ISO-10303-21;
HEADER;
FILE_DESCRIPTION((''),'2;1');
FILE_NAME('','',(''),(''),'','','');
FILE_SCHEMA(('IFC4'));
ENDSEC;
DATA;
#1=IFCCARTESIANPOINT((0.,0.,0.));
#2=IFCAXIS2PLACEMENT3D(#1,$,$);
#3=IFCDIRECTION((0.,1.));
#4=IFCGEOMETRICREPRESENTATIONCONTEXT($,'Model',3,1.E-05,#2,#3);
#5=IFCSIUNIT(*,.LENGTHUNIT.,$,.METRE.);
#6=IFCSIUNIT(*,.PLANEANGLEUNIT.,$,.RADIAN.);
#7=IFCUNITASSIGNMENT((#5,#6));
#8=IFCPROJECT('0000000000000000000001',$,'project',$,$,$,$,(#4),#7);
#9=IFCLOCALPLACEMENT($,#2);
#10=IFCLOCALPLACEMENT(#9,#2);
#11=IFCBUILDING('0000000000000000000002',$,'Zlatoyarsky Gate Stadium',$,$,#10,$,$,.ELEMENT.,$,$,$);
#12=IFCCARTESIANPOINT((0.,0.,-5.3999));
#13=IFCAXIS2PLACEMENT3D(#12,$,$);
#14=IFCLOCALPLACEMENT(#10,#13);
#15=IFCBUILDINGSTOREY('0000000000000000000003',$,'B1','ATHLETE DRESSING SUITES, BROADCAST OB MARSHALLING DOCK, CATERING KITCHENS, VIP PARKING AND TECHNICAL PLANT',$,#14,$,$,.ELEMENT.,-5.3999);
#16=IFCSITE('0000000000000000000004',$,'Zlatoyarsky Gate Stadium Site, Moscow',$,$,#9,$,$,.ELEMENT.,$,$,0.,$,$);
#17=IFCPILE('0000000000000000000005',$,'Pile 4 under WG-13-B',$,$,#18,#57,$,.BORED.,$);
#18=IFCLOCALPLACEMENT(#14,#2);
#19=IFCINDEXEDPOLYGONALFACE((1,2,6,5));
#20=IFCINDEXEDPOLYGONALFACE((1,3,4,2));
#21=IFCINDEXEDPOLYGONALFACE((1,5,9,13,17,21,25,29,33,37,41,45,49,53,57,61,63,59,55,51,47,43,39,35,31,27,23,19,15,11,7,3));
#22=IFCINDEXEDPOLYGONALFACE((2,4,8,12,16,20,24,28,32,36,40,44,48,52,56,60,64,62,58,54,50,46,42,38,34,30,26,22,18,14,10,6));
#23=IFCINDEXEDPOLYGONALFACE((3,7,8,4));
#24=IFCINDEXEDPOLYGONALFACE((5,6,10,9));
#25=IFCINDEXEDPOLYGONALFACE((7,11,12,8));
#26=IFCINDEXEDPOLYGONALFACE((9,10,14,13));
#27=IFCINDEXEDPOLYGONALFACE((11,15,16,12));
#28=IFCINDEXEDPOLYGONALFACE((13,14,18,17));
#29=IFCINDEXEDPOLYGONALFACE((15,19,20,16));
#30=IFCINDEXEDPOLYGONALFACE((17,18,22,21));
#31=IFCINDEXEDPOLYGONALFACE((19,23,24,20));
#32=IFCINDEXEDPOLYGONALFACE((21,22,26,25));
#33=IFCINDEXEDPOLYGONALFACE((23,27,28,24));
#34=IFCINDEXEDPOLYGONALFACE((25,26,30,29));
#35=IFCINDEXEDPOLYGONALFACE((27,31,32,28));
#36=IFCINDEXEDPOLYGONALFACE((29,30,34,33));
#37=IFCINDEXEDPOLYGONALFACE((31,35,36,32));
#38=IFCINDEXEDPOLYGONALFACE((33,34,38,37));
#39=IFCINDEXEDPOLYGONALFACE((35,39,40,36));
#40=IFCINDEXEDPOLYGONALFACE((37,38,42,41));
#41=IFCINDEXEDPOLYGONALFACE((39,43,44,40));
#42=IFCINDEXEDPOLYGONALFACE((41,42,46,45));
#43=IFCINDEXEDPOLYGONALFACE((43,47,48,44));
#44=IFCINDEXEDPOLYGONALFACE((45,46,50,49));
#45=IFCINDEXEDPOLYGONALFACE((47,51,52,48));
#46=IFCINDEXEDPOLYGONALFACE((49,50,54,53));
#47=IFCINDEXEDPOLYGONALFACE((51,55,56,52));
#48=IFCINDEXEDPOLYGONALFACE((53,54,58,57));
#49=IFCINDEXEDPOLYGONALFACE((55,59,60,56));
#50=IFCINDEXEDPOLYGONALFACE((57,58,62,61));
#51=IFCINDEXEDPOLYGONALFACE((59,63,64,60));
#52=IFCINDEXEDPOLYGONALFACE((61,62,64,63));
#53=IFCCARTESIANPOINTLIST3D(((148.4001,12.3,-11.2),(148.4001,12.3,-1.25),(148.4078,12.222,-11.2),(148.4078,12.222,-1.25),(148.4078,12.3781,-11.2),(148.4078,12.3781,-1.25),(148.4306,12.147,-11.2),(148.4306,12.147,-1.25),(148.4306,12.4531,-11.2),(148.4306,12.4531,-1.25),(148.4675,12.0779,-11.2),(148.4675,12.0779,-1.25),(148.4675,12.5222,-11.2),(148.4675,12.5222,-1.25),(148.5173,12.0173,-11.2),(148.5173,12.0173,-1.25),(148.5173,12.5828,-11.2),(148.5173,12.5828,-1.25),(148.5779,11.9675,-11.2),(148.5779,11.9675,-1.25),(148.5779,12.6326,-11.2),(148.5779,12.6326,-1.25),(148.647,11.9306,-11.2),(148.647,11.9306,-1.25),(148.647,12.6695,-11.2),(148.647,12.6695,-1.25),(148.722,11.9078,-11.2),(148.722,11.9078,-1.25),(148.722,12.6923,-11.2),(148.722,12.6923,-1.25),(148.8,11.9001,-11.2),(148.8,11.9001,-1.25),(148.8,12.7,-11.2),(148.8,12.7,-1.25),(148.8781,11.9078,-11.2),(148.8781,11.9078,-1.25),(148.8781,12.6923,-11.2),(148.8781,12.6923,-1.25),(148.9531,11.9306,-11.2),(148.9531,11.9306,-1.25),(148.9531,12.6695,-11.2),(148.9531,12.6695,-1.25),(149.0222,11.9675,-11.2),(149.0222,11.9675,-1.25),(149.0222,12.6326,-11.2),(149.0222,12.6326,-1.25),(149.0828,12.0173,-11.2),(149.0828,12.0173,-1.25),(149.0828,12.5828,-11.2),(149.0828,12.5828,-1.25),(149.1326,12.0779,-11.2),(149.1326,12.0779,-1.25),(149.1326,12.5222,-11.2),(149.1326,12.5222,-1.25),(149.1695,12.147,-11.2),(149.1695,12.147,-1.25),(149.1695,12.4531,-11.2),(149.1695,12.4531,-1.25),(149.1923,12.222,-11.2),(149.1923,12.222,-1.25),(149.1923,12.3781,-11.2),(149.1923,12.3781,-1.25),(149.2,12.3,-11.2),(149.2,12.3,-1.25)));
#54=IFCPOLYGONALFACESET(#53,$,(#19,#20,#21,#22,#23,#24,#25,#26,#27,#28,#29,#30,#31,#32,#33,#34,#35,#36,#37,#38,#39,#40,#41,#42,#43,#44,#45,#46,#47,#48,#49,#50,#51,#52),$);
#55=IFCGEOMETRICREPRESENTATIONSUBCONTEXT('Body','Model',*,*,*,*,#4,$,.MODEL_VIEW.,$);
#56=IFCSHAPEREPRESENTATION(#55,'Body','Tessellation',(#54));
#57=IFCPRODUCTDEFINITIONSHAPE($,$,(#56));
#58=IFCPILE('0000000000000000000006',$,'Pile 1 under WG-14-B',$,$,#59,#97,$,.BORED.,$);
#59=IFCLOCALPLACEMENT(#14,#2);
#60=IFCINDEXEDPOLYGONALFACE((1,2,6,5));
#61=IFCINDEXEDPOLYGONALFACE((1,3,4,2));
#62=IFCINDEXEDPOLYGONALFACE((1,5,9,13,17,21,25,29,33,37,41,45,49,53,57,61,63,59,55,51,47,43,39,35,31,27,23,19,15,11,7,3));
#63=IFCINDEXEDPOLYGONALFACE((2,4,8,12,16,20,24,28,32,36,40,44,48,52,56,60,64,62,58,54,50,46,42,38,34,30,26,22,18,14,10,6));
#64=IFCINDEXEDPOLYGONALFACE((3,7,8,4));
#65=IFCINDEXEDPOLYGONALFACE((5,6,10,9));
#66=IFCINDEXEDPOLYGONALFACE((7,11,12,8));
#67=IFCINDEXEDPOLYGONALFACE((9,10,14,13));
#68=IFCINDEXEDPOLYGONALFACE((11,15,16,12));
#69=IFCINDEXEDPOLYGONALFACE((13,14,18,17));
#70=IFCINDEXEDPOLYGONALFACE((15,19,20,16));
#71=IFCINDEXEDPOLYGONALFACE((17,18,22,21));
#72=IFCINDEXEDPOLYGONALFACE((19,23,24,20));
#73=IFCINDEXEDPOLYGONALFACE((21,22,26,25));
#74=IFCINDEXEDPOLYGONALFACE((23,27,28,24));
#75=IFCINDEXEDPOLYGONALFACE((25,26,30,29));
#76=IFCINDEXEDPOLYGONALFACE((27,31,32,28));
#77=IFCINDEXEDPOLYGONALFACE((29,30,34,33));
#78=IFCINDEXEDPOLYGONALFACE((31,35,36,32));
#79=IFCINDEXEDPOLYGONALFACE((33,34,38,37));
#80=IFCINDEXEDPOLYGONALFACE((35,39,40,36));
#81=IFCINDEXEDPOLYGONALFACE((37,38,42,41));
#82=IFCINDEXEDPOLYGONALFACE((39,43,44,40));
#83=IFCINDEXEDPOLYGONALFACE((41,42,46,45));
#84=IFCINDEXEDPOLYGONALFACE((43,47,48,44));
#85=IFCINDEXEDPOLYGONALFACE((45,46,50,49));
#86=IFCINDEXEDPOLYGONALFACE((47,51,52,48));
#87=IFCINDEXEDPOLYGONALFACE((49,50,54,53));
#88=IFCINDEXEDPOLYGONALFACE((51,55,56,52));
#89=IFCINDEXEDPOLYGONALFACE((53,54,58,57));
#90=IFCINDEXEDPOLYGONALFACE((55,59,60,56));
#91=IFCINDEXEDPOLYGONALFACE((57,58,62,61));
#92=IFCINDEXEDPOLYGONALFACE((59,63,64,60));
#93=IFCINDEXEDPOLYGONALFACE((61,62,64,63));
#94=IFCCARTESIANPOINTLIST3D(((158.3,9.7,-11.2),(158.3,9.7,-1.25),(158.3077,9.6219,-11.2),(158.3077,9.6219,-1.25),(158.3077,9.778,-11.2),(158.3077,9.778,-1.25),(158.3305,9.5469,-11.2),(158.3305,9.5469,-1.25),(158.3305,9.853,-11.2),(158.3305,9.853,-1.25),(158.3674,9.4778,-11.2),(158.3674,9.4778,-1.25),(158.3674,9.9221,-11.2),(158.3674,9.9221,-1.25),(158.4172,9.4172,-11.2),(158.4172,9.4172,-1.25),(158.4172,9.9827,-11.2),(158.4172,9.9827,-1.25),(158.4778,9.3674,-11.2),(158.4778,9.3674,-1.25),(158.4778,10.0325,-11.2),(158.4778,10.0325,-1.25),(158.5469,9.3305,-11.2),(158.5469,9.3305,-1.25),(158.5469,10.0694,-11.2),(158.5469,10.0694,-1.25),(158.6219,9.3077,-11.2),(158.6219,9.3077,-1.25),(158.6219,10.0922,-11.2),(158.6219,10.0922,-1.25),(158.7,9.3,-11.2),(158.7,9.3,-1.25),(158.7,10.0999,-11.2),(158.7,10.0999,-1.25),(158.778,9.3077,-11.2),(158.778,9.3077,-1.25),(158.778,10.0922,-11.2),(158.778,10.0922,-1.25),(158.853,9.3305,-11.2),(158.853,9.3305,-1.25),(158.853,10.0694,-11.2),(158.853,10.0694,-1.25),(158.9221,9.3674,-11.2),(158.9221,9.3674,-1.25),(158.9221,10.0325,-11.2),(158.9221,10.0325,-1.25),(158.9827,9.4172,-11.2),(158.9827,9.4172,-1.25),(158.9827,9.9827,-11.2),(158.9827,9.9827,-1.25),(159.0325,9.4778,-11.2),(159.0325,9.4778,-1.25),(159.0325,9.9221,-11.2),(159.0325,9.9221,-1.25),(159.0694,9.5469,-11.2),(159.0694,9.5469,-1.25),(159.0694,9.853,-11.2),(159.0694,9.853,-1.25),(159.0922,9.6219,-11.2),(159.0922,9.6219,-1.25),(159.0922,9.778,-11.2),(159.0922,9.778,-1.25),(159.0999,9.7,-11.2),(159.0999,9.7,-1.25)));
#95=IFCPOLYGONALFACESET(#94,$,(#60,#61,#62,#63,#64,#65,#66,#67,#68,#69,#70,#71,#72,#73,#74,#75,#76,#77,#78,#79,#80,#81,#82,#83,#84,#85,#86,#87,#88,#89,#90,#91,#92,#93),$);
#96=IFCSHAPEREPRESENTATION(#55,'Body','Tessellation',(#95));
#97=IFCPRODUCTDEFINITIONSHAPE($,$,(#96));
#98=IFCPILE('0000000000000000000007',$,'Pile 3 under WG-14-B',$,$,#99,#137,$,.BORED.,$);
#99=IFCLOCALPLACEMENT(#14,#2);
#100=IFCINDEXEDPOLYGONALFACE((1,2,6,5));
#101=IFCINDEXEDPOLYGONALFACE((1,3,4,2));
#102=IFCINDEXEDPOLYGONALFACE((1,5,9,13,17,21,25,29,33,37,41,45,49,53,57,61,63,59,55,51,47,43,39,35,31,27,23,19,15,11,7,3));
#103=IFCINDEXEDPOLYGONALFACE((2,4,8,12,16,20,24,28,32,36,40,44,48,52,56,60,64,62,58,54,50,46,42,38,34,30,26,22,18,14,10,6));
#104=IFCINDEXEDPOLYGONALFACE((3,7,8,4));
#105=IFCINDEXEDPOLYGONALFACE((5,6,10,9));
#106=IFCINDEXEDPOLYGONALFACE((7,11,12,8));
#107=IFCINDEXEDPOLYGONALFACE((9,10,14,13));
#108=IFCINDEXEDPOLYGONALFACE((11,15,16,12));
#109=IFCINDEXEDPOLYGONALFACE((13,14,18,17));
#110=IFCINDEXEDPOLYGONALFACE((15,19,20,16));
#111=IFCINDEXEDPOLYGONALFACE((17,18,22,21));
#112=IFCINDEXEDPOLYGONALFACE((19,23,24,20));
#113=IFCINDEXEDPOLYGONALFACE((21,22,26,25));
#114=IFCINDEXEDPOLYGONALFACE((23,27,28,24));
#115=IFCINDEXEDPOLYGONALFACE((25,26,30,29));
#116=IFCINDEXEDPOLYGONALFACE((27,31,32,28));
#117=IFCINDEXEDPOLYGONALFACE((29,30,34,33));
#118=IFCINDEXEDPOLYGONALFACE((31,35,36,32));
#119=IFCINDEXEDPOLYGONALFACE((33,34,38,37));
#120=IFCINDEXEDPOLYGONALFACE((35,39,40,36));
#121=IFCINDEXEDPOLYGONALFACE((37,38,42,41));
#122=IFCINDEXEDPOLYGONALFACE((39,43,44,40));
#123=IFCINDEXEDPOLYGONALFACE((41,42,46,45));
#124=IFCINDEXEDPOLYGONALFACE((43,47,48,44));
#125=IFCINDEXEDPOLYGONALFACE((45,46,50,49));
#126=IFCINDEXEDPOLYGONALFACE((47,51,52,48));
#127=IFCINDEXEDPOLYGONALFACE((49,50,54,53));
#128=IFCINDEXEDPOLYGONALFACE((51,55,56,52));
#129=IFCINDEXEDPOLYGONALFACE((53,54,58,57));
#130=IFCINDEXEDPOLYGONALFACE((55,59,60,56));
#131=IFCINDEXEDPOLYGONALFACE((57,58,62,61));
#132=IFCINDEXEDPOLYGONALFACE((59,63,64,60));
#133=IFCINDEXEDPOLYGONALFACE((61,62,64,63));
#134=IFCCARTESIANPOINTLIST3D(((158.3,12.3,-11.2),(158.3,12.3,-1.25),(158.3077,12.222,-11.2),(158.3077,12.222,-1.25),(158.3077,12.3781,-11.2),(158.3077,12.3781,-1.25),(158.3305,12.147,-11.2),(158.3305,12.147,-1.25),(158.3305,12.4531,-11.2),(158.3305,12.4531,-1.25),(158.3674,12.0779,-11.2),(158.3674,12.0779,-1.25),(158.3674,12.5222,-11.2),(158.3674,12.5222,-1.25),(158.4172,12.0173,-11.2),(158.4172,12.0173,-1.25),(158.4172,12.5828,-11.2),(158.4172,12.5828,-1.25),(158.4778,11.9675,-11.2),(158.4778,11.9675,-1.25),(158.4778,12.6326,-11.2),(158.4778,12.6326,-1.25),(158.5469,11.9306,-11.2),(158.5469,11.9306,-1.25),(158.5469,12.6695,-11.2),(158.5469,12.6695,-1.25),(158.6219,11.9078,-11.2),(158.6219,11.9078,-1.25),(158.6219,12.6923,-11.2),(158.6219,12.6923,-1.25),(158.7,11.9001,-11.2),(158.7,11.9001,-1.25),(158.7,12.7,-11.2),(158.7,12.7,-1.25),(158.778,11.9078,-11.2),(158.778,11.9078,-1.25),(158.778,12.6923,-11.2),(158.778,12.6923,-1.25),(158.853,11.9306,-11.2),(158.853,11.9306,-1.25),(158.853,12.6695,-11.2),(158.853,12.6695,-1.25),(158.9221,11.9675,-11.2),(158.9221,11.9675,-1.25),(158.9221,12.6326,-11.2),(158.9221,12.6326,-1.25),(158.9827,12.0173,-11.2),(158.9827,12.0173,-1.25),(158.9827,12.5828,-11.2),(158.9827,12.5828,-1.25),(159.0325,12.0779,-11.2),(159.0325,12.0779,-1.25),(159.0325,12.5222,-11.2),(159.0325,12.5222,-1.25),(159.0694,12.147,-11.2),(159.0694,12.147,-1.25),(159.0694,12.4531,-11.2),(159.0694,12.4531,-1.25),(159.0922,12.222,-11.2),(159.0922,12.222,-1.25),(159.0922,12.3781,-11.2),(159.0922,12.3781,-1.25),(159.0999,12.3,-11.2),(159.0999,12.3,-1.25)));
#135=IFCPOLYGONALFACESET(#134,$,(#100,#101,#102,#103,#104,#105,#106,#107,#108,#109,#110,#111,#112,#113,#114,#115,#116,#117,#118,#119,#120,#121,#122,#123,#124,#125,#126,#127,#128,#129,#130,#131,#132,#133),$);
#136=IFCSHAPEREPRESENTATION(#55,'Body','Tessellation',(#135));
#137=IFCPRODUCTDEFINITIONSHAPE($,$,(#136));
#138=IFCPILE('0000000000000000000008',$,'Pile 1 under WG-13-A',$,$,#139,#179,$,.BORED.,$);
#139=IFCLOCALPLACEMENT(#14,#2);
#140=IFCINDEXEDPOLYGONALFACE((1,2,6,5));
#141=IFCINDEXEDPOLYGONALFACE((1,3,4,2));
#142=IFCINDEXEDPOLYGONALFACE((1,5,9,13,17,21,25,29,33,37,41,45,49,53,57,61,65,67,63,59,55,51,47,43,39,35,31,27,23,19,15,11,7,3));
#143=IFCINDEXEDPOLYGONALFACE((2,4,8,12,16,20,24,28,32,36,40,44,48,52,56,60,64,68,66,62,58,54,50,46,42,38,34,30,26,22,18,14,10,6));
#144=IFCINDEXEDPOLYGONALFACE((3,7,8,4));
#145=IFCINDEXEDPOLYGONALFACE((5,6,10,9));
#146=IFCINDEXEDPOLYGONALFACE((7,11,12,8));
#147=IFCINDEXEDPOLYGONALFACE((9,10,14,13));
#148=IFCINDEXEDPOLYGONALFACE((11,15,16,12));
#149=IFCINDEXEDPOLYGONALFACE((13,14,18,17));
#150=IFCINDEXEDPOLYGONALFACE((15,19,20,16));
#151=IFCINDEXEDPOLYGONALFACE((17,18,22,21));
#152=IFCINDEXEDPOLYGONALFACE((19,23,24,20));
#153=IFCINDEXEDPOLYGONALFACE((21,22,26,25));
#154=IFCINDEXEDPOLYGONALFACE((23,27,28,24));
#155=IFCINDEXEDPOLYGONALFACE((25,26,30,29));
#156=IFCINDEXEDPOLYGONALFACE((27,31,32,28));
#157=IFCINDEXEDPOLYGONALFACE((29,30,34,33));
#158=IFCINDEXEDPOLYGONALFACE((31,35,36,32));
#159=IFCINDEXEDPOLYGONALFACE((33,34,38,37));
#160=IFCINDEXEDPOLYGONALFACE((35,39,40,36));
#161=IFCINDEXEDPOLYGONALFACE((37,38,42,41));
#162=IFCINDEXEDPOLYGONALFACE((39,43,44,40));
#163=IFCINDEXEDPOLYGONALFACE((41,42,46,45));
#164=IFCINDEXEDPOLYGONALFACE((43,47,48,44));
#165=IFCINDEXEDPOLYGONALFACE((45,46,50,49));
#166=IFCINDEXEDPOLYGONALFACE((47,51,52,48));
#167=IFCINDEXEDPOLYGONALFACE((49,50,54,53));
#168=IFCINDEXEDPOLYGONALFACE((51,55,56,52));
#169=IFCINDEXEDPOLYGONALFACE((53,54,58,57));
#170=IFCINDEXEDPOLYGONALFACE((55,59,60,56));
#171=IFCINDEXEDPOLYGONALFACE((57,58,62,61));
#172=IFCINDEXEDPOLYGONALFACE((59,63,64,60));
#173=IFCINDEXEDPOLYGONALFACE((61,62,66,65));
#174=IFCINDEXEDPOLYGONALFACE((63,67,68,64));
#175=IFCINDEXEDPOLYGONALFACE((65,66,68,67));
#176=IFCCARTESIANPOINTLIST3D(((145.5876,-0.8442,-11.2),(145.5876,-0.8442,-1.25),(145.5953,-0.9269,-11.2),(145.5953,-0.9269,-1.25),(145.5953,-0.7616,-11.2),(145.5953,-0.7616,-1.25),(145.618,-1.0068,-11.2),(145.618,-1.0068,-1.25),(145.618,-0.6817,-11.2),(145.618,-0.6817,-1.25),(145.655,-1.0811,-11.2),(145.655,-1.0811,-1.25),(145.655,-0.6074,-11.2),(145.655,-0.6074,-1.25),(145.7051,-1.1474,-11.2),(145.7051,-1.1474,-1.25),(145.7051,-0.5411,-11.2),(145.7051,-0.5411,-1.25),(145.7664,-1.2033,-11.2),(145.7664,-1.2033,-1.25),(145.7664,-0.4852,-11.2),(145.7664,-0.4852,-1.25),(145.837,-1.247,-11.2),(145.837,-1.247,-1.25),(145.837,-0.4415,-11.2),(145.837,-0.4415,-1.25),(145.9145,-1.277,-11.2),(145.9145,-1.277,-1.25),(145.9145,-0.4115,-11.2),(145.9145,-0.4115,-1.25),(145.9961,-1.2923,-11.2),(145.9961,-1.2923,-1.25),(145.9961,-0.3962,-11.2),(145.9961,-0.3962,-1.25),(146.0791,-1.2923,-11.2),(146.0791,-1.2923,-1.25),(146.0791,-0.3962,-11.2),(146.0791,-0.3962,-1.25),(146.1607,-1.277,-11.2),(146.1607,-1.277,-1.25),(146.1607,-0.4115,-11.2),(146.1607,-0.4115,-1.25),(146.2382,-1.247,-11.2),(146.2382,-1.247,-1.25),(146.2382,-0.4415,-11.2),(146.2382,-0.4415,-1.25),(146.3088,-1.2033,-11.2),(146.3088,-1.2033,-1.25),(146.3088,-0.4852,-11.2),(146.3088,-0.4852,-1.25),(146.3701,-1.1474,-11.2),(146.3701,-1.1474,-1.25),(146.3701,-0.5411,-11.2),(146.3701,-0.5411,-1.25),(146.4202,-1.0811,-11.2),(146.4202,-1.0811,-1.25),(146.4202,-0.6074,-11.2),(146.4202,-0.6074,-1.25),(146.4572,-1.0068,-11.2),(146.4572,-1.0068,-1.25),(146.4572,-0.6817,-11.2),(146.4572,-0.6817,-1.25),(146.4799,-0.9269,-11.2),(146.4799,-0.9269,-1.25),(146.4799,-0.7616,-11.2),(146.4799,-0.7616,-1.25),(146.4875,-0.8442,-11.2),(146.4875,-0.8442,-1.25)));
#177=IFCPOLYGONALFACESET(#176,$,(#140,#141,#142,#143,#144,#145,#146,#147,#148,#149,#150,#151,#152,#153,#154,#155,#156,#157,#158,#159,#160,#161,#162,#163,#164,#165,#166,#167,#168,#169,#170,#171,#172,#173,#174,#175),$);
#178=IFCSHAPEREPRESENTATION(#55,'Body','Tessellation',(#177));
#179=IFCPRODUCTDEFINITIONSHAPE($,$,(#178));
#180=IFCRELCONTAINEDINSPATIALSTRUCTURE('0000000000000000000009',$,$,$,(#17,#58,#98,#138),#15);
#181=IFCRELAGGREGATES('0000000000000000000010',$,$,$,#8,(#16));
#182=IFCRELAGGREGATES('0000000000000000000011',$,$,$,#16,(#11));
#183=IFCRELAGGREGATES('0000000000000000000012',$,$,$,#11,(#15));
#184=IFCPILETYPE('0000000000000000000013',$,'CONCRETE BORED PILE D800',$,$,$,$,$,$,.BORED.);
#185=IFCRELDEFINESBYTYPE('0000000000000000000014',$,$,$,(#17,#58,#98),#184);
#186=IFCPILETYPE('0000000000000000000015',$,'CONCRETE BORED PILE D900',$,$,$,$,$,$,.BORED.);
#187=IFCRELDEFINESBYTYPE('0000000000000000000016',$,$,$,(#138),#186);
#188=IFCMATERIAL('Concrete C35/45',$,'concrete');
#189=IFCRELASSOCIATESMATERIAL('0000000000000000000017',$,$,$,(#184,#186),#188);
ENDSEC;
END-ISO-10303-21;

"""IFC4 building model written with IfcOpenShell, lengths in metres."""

from ifc_helpers import new_model, si_unit, direction, frame, origin, origin_2d, place, context, subcontext, project, spatial, circle, extrude, material, material_profile, profile_set, type_object, element, save


model = new_model("IFC4")

# Units and contexts
model_context = context("Model", 3, precision=1e-05, world=origin(), true_north=direction((0.0, 1.0)))
body_context = subcontext(model_context, "Body", "Model", "MODEL_VIEW")
ifc_project = project(units=[si_unit("LENGTHUNIT", "METRE"), si_unit("PLANEANGLEUNIT", "RADIAN")], contexts=[model_context])

# Site, building, storey
site_placement = place(None, origin())
site = spatial("IfcSite", under=ifc_project, at=site_placement, Name="Zlatoyarsky Gate Stadium Site, Moscow", CompositionType="ELEMENT", RefElevation=0.0)
building_placement = place(site_placement, origin())
building = spatial("IfcBuilding", under=site, at=building_placement, Name="Zlatoyarsky Gate Stadium", CompositionType="ELEMENT")
storey_placement = place(building_placement, frame((0.0, 0.0, -5.3999)))
storey = spatial("IfcBuildingStorey", under=building, at=storey_placement, Name="B1", Description="ATHLETE DRESSING SUITES, BROADCAST OB MARSHALLING DOCK, CATERING KITCHENS, VIP PARKING AND TECHNICAL PLANT", CompositionType="ELEMENT", Elevation=-5.3999)

# Piles
ifc_material_1 = material(Name="Concrete C35/45", Category="concrete")
ifc_material_profile_1 = material_profile(ifc_material_1, circle(Radius=0.3999, at=origin_2d()), Name="BORED PILE D800")
ifc_profile_set_1 = profile_set([ifc_material_profile_1], Name="Concrete C35/45")
pile_type_1 = type_object("IfcPileType", Name="CONCRETE BORED PILE D800", PredefinedType="BORED", material=ifc_profile_set_1)
for number, where, z_axis, x_axis, name in (
    (1, (148.8, 12.3, -1.25), (0.0, 0.0, -1.0), (1.0, 0.0, 0.0), "Pile 4 under WG-13-B"),
    (2, (158.7, 9.7, -1.25), (0.0, 0.0, -1.0), (1.0, 0.0, 0.0), "Pile 1 under WG-14-B"),
    (3, (158.7, 12.3, -1.25), (0.0, 0.0, -1.0), (1.0, 0.0, 0.0), "Pile 3 under WG-14-B"),
):
    element("IfcPile", number, at=place(storey_placement, frame(where, z_axis=z_axis, x_axis=x_axis)), inside=storey, type_object=pile_type_1, Name=name, PredefinedType="BORED", context=body_context, shape_type="SweptSolid", body=[
        extrude(circle(Radius=0.3999, at=origin_2d()), origin(), (0.0, 0.0, 1.0), 9.95),
    ])
ifc_material_profile_2 = material_profile(ifc_material_1, circle(Radius=0.45, at=origin_2d()), Name="BORED PILE D900")
ifc_profile_set_2 = profile_set([ifc_material_profile_2], Name="Concrete C35/45")
pile_type_2 = type_object("IfcPileType", Name="CONCRETE BORED PILE D900", PredefinedType="BORED", material=ifc_profile_set_2)
for number, where, z_axis, x_axis, name in (
    (4, (146.0376, -0.8442, -1.25), (0.0, 0.0, -1.0), (1.0, 0.0, 0.0), "Pile 1 under WG-13-A"),
):
    element("IfcPile", number, at=place(storey_placement, frame(where, z_axis=z_axis, x_axis=x_axis)), inside=storey, type_object=pile_type_2, Name=name, PredefinedType="BORED", context=body_context, shape_type="SweptSolid", body=[
        extrude(circle(Radius=0.45, at=origin_2d()), origin(), (0.0, 0.0, 1.0), 9.95),
    ])

save(model, "model.ifc")
